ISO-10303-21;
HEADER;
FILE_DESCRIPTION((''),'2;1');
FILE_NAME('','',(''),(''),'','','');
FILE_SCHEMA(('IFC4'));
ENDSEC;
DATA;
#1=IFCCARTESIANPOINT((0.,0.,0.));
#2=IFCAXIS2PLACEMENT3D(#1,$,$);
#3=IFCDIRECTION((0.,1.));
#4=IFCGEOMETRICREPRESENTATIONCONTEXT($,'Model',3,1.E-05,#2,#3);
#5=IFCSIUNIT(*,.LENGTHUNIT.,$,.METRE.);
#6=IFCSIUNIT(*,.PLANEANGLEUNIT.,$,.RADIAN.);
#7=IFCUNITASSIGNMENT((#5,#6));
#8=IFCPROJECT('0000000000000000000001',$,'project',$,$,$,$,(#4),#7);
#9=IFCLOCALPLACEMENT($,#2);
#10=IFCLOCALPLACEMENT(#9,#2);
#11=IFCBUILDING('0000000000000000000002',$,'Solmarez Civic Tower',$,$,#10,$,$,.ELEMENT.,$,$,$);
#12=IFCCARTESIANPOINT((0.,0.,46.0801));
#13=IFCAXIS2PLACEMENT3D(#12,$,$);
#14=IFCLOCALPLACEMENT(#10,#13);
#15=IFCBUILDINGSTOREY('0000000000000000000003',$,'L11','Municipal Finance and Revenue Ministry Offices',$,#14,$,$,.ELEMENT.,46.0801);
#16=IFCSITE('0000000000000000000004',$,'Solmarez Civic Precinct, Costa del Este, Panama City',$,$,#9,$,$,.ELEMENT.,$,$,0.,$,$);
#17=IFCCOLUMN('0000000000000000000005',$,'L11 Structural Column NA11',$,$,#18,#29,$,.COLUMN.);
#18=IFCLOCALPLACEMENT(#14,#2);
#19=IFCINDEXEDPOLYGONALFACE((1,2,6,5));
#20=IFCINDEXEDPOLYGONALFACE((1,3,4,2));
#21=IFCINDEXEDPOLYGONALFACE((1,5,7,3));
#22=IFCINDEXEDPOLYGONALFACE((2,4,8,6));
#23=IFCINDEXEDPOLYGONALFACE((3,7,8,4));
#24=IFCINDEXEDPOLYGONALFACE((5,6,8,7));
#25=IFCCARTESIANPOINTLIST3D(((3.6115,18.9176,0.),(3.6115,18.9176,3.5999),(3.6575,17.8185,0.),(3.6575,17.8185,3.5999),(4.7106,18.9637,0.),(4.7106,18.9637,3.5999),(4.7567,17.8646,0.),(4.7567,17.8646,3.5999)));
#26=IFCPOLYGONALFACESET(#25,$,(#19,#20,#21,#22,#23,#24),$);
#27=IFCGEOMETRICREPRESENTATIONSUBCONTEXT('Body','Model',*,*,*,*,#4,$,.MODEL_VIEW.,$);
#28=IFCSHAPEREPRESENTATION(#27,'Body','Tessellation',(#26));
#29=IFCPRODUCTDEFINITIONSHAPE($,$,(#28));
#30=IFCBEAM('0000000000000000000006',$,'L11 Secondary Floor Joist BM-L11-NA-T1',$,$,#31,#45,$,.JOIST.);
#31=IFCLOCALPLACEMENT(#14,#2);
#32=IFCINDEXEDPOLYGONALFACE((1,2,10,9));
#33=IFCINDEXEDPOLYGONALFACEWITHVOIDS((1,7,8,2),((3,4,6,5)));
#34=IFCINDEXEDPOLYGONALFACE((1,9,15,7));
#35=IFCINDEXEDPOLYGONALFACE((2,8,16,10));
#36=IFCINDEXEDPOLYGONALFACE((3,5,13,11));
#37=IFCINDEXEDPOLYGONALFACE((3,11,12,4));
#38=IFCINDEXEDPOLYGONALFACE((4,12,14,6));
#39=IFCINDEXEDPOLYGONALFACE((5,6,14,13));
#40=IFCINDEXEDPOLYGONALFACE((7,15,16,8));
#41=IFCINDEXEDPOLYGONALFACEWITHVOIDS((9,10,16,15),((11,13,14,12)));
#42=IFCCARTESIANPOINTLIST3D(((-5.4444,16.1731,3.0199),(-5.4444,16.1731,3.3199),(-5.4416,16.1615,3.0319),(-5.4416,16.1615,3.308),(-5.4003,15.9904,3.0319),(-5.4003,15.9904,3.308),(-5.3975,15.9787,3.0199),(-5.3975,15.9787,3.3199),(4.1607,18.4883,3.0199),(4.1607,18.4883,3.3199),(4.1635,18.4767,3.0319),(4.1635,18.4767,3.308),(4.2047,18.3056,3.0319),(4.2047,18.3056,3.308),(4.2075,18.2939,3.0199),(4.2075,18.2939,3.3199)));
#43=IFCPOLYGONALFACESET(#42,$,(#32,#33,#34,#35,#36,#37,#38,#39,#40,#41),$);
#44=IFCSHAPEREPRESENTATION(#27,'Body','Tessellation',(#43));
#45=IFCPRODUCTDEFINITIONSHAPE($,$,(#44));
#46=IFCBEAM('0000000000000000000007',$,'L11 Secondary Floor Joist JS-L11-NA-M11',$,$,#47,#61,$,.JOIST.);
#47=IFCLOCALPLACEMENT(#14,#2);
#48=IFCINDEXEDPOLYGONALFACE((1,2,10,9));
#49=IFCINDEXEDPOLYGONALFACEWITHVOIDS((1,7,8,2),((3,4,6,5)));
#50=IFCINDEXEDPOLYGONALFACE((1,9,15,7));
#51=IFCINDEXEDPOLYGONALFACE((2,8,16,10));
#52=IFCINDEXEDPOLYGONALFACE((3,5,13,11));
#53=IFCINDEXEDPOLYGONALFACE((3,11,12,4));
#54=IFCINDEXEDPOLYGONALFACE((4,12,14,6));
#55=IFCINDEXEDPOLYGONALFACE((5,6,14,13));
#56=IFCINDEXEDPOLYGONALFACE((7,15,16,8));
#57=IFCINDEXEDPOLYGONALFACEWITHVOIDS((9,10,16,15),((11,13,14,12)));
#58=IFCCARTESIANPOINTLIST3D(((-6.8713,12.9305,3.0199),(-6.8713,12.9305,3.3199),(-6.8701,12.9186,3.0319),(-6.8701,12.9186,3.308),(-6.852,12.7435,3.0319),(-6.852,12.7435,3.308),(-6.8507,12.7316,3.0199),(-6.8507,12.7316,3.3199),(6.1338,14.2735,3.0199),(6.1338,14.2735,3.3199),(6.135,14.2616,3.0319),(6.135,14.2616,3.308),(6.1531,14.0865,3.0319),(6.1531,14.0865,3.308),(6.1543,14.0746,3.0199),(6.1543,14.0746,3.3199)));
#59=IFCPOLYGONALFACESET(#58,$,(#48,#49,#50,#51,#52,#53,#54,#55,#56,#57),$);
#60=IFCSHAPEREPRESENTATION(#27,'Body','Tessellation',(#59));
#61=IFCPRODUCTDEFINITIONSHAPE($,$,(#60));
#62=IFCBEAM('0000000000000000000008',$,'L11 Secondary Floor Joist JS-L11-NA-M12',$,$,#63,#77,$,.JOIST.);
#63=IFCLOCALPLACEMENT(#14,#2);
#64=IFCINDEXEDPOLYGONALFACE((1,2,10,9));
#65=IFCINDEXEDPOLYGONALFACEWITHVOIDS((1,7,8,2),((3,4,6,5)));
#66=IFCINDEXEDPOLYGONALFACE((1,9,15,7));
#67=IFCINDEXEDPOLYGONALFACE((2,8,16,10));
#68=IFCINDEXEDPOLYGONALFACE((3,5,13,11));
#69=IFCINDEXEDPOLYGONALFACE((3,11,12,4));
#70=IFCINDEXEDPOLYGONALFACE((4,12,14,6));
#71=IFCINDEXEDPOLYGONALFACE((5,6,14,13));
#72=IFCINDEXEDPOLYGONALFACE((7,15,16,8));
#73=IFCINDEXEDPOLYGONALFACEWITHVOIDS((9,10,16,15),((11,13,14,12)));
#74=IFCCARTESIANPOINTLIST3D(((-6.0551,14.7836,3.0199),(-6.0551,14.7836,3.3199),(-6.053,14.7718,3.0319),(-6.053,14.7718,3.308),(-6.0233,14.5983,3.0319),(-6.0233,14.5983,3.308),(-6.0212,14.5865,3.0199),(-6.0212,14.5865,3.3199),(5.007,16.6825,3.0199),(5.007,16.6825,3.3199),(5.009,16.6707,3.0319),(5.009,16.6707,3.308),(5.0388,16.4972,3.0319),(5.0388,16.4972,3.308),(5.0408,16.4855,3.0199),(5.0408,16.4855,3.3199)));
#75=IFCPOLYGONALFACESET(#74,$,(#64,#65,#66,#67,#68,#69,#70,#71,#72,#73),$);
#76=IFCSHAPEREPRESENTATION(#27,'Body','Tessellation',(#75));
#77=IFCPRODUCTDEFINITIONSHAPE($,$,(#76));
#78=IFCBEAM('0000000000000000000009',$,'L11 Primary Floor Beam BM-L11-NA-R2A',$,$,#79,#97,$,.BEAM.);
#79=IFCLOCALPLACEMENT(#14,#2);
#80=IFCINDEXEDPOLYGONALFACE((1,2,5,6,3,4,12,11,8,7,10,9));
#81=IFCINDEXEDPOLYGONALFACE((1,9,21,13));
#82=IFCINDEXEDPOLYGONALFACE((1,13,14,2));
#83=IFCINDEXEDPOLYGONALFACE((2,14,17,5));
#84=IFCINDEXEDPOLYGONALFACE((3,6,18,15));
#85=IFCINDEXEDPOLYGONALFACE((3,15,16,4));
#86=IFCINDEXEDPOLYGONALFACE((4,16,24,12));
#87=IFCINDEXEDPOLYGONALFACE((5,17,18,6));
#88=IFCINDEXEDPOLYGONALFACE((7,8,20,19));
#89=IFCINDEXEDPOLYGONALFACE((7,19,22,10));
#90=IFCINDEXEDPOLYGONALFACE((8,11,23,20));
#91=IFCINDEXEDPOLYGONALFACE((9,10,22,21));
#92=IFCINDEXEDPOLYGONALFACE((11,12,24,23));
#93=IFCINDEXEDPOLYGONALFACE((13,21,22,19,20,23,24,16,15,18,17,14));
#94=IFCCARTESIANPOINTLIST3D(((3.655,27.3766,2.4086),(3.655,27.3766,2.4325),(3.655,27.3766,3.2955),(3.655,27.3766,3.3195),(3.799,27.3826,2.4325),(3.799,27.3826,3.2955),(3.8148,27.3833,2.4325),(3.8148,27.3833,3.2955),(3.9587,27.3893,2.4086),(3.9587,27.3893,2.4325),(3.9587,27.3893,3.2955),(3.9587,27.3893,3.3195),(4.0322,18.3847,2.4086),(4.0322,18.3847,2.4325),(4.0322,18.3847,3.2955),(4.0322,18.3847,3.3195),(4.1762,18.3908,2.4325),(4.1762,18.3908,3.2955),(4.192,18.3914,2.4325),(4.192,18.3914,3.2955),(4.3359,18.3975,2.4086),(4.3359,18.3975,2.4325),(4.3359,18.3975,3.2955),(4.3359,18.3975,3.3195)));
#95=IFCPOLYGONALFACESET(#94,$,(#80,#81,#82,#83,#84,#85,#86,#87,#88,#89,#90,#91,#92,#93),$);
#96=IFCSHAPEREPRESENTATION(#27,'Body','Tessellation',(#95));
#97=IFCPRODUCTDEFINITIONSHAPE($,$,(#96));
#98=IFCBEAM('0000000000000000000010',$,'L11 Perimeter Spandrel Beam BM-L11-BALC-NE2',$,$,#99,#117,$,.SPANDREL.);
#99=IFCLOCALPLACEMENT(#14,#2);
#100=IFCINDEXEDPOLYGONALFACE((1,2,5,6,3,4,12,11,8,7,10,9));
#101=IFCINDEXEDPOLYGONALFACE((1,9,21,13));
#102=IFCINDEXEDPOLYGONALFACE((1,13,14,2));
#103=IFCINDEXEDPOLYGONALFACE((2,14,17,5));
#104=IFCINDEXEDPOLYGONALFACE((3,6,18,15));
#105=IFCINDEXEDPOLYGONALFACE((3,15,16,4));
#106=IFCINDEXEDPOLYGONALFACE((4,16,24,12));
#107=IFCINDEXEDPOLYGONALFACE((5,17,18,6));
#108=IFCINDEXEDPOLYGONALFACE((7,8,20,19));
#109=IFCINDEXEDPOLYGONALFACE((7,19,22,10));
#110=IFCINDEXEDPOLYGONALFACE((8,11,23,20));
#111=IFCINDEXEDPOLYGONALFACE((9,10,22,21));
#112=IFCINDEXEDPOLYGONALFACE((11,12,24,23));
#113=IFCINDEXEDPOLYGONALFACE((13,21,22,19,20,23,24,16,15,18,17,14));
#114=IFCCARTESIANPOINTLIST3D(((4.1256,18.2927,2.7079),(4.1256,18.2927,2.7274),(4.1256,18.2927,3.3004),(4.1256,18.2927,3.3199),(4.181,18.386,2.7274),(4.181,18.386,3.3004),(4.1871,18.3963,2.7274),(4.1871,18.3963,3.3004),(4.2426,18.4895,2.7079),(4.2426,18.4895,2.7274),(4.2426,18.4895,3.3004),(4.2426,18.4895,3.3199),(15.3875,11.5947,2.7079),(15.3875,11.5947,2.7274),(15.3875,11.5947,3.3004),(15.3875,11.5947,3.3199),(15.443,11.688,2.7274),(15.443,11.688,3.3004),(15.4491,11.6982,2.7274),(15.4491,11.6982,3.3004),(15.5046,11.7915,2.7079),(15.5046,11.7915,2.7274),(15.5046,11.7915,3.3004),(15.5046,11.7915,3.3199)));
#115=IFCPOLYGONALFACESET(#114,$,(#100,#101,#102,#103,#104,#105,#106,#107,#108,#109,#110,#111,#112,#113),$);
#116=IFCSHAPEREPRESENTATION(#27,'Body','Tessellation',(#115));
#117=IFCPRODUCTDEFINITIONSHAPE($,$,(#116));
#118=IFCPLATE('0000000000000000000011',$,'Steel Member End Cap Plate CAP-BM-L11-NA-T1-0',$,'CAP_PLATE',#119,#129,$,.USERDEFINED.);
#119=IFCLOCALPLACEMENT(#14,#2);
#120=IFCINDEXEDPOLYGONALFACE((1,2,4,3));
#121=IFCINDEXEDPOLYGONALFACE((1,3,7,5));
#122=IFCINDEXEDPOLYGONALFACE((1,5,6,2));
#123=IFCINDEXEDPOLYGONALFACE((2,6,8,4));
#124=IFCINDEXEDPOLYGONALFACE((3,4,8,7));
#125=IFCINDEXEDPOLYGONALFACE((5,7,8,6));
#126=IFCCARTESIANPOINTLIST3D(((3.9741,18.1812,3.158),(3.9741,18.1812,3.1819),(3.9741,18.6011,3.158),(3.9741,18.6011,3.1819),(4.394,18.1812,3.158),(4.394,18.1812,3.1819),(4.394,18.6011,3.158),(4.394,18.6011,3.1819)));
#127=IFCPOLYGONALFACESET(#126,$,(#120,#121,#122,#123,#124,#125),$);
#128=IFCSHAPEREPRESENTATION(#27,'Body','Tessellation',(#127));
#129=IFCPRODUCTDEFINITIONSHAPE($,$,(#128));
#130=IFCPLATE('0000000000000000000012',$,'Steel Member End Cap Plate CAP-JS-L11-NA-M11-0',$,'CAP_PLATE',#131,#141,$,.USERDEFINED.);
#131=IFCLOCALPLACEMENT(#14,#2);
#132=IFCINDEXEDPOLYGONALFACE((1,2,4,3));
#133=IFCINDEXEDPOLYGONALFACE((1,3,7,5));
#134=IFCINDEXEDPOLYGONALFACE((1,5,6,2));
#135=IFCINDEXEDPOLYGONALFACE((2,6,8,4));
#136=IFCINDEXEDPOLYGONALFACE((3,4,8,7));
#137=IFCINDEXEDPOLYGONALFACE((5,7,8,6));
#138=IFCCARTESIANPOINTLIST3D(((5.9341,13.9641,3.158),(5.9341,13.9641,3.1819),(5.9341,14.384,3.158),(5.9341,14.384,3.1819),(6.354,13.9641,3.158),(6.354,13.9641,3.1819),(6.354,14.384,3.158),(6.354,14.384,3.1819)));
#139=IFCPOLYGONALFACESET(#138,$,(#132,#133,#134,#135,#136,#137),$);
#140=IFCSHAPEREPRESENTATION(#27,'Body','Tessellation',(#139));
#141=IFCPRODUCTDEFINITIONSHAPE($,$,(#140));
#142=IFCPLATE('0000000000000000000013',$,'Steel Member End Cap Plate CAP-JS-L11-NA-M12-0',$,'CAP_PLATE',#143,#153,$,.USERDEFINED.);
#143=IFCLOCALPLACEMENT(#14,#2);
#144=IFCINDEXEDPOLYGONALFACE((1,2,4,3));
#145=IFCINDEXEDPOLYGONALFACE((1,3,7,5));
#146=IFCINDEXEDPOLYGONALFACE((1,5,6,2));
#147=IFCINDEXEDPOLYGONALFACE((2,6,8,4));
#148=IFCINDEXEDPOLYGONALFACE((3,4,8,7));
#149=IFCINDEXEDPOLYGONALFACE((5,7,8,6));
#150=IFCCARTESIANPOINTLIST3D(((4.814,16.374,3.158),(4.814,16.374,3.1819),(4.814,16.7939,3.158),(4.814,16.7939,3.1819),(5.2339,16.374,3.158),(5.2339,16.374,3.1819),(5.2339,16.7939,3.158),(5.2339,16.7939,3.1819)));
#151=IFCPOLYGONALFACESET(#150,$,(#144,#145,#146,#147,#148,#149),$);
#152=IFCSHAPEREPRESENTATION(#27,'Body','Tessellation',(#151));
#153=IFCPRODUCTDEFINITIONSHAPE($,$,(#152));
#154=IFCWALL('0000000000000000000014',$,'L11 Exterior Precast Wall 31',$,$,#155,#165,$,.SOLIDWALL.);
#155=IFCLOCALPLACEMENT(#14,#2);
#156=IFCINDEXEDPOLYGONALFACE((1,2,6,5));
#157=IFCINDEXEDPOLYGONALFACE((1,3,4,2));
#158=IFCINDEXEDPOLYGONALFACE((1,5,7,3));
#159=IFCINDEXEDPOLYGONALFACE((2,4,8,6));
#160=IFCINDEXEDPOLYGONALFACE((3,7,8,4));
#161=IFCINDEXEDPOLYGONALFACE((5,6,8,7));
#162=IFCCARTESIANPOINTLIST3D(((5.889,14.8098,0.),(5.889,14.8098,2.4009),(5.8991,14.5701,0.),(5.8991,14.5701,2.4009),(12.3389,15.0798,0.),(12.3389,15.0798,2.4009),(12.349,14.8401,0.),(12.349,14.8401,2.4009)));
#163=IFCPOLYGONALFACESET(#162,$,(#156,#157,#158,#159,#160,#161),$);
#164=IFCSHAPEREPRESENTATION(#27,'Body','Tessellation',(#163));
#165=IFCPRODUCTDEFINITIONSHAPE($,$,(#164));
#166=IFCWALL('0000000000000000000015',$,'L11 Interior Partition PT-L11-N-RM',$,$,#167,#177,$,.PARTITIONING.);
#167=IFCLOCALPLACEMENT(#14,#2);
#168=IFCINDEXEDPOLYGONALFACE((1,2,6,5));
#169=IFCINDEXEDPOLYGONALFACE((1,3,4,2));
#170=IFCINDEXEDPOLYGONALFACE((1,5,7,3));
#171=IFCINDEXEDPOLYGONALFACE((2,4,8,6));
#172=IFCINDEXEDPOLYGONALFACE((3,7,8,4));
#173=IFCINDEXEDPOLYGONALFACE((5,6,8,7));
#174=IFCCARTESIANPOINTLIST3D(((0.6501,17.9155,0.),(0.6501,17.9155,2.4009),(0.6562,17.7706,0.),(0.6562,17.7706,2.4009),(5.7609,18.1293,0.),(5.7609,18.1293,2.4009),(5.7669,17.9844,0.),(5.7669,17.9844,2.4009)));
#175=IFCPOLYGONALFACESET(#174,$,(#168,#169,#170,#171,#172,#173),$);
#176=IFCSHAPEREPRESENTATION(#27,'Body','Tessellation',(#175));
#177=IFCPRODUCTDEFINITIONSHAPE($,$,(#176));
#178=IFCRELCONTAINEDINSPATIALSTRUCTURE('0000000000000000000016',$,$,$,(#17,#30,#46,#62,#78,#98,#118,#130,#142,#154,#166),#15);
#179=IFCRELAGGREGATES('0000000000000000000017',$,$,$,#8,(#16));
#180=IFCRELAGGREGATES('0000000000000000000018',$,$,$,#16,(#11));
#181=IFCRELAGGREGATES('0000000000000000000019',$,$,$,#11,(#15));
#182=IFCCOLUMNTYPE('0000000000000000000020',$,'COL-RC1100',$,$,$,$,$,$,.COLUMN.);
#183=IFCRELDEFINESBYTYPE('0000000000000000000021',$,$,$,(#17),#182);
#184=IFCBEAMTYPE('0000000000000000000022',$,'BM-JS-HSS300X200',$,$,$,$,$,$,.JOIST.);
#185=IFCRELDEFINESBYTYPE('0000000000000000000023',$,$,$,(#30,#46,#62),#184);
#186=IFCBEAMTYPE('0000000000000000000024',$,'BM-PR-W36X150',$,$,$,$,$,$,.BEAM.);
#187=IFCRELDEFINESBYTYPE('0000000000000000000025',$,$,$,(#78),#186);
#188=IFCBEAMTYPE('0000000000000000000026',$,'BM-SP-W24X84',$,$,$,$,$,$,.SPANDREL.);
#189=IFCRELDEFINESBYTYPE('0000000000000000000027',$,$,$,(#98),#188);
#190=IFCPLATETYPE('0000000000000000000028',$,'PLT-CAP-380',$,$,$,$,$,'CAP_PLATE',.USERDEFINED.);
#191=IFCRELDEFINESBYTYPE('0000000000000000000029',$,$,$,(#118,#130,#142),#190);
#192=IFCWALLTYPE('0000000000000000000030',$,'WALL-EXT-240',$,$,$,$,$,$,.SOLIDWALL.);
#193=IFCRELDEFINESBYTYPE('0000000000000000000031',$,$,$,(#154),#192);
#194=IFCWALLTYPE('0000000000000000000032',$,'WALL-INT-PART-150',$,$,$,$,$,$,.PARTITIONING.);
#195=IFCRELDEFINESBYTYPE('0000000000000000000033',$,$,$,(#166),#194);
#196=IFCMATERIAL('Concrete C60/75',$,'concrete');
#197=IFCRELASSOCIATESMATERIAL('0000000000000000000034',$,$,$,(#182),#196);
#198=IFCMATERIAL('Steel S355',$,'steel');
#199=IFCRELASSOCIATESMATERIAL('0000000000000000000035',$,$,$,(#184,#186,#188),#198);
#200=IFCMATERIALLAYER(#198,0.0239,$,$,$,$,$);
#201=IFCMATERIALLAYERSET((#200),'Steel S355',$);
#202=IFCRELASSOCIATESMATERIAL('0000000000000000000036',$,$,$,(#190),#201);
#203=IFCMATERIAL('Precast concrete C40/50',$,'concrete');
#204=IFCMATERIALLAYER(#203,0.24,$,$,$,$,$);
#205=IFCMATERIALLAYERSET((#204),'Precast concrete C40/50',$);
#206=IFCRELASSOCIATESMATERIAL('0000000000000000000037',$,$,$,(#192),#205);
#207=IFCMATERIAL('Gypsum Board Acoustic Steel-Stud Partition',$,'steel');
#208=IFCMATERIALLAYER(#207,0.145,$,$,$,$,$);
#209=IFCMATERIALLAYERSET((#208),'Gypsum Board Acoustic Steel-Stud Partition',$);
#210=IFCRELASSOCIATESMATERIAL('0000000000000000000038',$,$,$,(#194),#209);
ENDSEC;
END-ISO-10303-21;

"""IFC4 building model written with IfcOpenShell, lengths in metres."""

from ifc_helpers import new_model, si_unit, direction, frame, frame_2d, origin, origin_2d, place, context, subcontext, project, spatial, rectangle, hollow_rectangle, i_section, extrude, material, layer, layer_set, material_profile, profile_set, type_object, element, save


model = new_model("IFC4")

# Units and contexts
model_context = context("Model", 3, precision=1e-05, world=origin(), true_north=direction((0.0, 1.0)))
body_context = subcontext(model_context, "Body", "Model", "MODEL_VIEW")
ifc_project = project(units=[si_unit("LENGTHUNIT", "METRE"), si_unit("PLANEANGLEUNIT", "RADIAN")], contexts=[model_context])

# Site, building, storey
site_placement = place(None, origin())
site = spatial("IfcSite", under=ifc_project, at=site_placement, Name="Solmarez Civic Precinct, Costa del Este, Panama City", CompositionType="ELEMENT", RefElevation=0.0)
building_placement = place(site_placement, origin())
building = spatial("IfcBuilding", under=site, at=building_placement, Name="Solmarez Civic Tower", CompositionType="ELEMENT")
storey_placement = place(building_placement, frame((0.0, 0.0, 46.0801)))
storey = spatial("IfcBuildingStorey", under=building, at=storey_placement, Name="L11", Description="Municipal Finance and Revenue Ministry Offices", CompositionType="ELEMENT", Elevation=46.0801)

# Column
ifc_material_1 = material(Name="Concrete C60/75", Category="concrete")
ifc_material_profile_1 = material_profile(ifc_material_1, rectangle(XDim=1.1001, YDim=1.1001, at=origin_2d()), Name="RC1100X1100")
ifc_profile_set_1 = profile_set([ifc_material_profile_1], Name="Concrete C60/75")
column_type = type_object("IfcColumnType", Name="COL-RC1100", PredefinedType="COLUMN", material=ifc_profile_set_1)
column_placement = place(storey_placement, frame((4.1841, 18.3911, 0.0), z_axis=(0.0, 0.0, 1.0), x_axis=(0.999123, 0.041876, 0.0)))
element("IfcColumn", 1, at=column_placement, inside=storey, type_object=column_type, Name="L11 Structural Column NA11", PredefinedType="COLUMN", context=body_context, shape_type="SweptSolid", body=[
    extrude(rectangle(XDim=1.1001, YDim=1.1001, at=origin_2d()), origin(), (0.0, 0.0, 1.0), 3.5999),
])

# Beams
ifc_material_2 = material(Name="Steel S355", Category="steel")
ifc_material_profile_2 = material_profile(ifc_material_2, hollow_rectangle(XDim=0.2, YDim=0.3, WallThickness=0.012, at=origin_2d()), Name="HSS300X200X12")
ifc_profile_set_2 = profile_set([ifc_material_profile_2], Name="Steel S355")
beam_type_1 = type_object("IfcBeamType", Name="BM-JS-HSS300X200", PredefinedType="JOIST", material=ifc_profile_set_2)
beam_1_placement = place(storey_placement, frame((4.1841, 18.3911, 3.1699), z_axis=(-0.972157, -0.234329, 0.0), x_axis=(0.234329, -0.972157, 0.0)))
element("IfcBeam", 2, at=beam_1_placement, inside=storey, type_object=beam_type_1, Name="L11 Secondary Floor Joist BM-L11-NA-T1", PredefinedType="JOIST", context=body_context, shape_type="SweptSolid", body=[
    extrude(hollow_rectangle(XDim=0.2, YDim=0.3, WallThickness=0.012, at=origin_2d()), origin(), (0.0, 0.0, 1.0), 9.8801),
])
beam_2_placement = place(storey_placement, frame((6.144, 14.1741, 3.1699), z_axis=(-0.99471, -0.102722, 0.0), x_axis=(0.102722, -0.99471, 0.0)))
element("IfcBeam", 3, at=beam_2_placement, inside=storey, type_object=beam_type_1, Name="L11 Secondary Floor Joist JS-L11-NA-M11", PredefinedType="JOIST", context=body_context, shape_type="SweptSolid", body=[
    extrude(hollow_rectangle(XDim=0.2, YDim=0.3, WallThickness=0.012, at=origin_2d()), origin(), (0.0, 0.0, 1.0), 13.0742),
])
beam_3_placement = place(storey_placement, frame((5.0239, 16.584, 3.1699), z_axis=(-0.985584, -0.169187, 0.0), x_axis=(0.169187, -0.985584, 0.0)))
element("IfcBeam", 4, at=beam_3_placement, inside=storey, type_object=beam_type_1, Name="L11 Secondary Floor Joist JS-L11-NA-M12", PredefinedType="JOIST", context=body_context, shape_type="SweptSolid", body=[
    extrude(hollow_rectangle(XDim=0.2, YDim=0.3, WallThickness=0.012, at=origin_2d()), origin(), (0.0, 0.0, 1.0), 11.2239),
])
ifc_material_profile_3 = material_profile(ifc_material_2, i_section(OverallWidth=0.304, OverallDepth=0.9109, WebThickness=0.0159, FlangeThickness=0.0239, at=origin_2d()), Name="W36X150")
ifc_profile_set_3 = profile_set([ifc_material_profile_3], Name="Steel S355")
beam_type_2 = type_object("IfcBeamType", Name="BM-PR-W36X150", PredefinedType="BEAM", material=ifc_profile_set_3)
beam_4_placement = place(storey_placement, frame((4.1841, 18.3911, 2.864), z_axis=(-0.041911, 0.999121, 0.0), x_axis=(-0.999121, -0.041911, 0.0)))
element("IfcBeam", 5, at=beam_4_placement, inside=storey, type_object=beam_type_2, Name="L11 Primary Floor Beam BM-L11-NA-R2A", PredefinedType="BEAM", context=body_context, shape_type="SweptSolid", body=[
    extrude(i_section(OverallWidth=0.304, OverallDepth=0.9109, WebThickness=0.0159, FlangeThickness=0.0239, at=origin_2d()), origin(), (0.0, 0.0, 1.0), 8.9998),
])
ifc_material_profile_4 = material_profile(ifc_material_2, i_section(OverallWidth=0.229, OverallDepth=0.6121, WebThickness=0.012, FlangeThickness=0.0195, at=origin_2d()), Name="W24X84")
ifc_profile_set_4 = profile_set([ifc_material_profile_4], Name="Steel S355")
beam_type_3 = type_object("IfcBeamType", Name="BM-SP-W24X84", PredefinedType="SPANDREL", material=ifc_profile_set_4)
beam_5_placement = place(storey_placement, frame((4.1841, 18.3911, 3.0139), z_axis=(0.859479, -0.511171, 0.0), x_axis=(0.511171, 0.859479, 0.0)))
element("IfcBeam", 6, at=beam_5_placement, inside=storey, type_object=beam_type_3, Name="L11 Perimeter Spandrel Beam BM-L11-BALC-NE2", PredefinedType="SPANDREL", context=body_context, shape_type="SweptSolid", body=[
    extrude(i_section(OverallWidth=0.229, OverallDepth=0.6121, WebThickness=0.012, FlangeThickness=0.0195, at=origin_2d()), origin(), (0.0, 0.0, 1.0), 13.1033),
])

# Plates
ifc_layer_1 = layer(ifc_material_2, 0.0239)
ifc_layer_set_1 = layer_set([ifc_layer_1], Name="Steel S355")
plate_type = type_object("IfcPlateType", Name="PLT-CAP-380", ElementType="CAP_PLATE", PredefinedType="USERDEFINED", material=ifc_layer_set_1)
for number, where, z_axis, x_axis, name in (
    (7, (4.1841, 18.3911, 3.158), (0.0, 0.0, 1.0), (1.0, 0.0, 0.0), "Steel Member End Cap Plate CAP-BM-L11-NA-T1-0"),
    (8, (6.144, 14.1741, 3.158), (0.0, 0.0, 1.0), (1.0, 0.0, 0.0), "Steel Member End Cap Plate CAP-JS-L11-NA-M11-0"),
    (9, (5.0239, 16.584, 3.158), (0.0, 0.0, 1.0), (1.0, 0.0, 0.0), "Steel Member End Cap Plate CAP-JS-L11-NA-M12-0"),
):
    element("IfcPlate", number, at=place(storey_placement, frame(where, z_axis=z_axis, x_axis=x_axis)), inside=storey, type_object=plate_type, Name=name, ObjectType="CAP_PLATE", PredefinedType="USERDEFINED", context=body_context, shape_type="SweptSolid", body=[
        extrude(rectangle(XDim=0.4199, YDim=0.4199, at=origin_2d()), origin(), (0.0, 0.0, 1.0), 0.0239),
    ])

# Walls
ifc_material_3 = material(Name="Precast concrete C40/50", Category="concrete")
ifc_layer_2 = layer(ifc_material_3, 0.24)
ifc_layer_set_2 = layer_set([ifc_layer_2], Name="Precast concrete C40/50")
wall_type_1 = type_object("IfcWallType", Name="WALL-EXT-240", PredefinedType="SOLIDWALL", material=ifc_layer_set_2)
wall_1_placement = place(storey_placement, frame((5.894, 14.6899, 0.0), z_axis=(0.0, 0.0, 1.0), x_axis=(0.999125, 0.041827, 0.0)))
element("IfcWall", 10, at=wall_1_placement, inside=storey, type_object=wall_type_1, Name="L11 Exterior Precast Wall 31", PredefinedType="SOLIDWALL", context=body_context, shape_type="SweptSolid", body=[
    extrude(rectangle(XDim=6.4556, YDim=0.24, at=frame_2d((3.2278, 0.0))), origin(), (0.0, 0.0, 1.0), 2.4009),
])
ifc_material_4 = material(Name="Gypsum Board Acoustic Steel-Stud Partition", Category="steel")
ifc_layer_3 = layer(ifc_material_4, 0.145)
ifc_layer_set_3 = layer_set([ifc_layer_3], Name="Gypsum Board Acoustic Steel-Stud Partition")
wall_type_2 = type_object("IfcWallType", Name="WALL-INT-PART-150", PredefinedType="PARTITIONING", material=ifc_layer_set_3)
wall_2_placement = place(storey_placement, frame((5.7639, 18.0569, 0.0), z_axis=(0.0, 0.0, 1.0), x_axis=(-0.999126, -0.041809, 0.0)))
element("IfcWall", 11, at=wall_2_placement, inside=storey, type_object=wall_type_2, Name="L11 Interior Partition PT-L11-N-RM", PredefinedType="PARTITIONING", context=body_context, shape_type="SweptSolid", body=[
    extrude(rectangle(XDim=5.1152, YDim=0.145, at=frame_2d((2.5576, 0.0))), origin(), (0.0, 0.0, 1.0), 2.4009),
])

save(model, "model.ifc")
